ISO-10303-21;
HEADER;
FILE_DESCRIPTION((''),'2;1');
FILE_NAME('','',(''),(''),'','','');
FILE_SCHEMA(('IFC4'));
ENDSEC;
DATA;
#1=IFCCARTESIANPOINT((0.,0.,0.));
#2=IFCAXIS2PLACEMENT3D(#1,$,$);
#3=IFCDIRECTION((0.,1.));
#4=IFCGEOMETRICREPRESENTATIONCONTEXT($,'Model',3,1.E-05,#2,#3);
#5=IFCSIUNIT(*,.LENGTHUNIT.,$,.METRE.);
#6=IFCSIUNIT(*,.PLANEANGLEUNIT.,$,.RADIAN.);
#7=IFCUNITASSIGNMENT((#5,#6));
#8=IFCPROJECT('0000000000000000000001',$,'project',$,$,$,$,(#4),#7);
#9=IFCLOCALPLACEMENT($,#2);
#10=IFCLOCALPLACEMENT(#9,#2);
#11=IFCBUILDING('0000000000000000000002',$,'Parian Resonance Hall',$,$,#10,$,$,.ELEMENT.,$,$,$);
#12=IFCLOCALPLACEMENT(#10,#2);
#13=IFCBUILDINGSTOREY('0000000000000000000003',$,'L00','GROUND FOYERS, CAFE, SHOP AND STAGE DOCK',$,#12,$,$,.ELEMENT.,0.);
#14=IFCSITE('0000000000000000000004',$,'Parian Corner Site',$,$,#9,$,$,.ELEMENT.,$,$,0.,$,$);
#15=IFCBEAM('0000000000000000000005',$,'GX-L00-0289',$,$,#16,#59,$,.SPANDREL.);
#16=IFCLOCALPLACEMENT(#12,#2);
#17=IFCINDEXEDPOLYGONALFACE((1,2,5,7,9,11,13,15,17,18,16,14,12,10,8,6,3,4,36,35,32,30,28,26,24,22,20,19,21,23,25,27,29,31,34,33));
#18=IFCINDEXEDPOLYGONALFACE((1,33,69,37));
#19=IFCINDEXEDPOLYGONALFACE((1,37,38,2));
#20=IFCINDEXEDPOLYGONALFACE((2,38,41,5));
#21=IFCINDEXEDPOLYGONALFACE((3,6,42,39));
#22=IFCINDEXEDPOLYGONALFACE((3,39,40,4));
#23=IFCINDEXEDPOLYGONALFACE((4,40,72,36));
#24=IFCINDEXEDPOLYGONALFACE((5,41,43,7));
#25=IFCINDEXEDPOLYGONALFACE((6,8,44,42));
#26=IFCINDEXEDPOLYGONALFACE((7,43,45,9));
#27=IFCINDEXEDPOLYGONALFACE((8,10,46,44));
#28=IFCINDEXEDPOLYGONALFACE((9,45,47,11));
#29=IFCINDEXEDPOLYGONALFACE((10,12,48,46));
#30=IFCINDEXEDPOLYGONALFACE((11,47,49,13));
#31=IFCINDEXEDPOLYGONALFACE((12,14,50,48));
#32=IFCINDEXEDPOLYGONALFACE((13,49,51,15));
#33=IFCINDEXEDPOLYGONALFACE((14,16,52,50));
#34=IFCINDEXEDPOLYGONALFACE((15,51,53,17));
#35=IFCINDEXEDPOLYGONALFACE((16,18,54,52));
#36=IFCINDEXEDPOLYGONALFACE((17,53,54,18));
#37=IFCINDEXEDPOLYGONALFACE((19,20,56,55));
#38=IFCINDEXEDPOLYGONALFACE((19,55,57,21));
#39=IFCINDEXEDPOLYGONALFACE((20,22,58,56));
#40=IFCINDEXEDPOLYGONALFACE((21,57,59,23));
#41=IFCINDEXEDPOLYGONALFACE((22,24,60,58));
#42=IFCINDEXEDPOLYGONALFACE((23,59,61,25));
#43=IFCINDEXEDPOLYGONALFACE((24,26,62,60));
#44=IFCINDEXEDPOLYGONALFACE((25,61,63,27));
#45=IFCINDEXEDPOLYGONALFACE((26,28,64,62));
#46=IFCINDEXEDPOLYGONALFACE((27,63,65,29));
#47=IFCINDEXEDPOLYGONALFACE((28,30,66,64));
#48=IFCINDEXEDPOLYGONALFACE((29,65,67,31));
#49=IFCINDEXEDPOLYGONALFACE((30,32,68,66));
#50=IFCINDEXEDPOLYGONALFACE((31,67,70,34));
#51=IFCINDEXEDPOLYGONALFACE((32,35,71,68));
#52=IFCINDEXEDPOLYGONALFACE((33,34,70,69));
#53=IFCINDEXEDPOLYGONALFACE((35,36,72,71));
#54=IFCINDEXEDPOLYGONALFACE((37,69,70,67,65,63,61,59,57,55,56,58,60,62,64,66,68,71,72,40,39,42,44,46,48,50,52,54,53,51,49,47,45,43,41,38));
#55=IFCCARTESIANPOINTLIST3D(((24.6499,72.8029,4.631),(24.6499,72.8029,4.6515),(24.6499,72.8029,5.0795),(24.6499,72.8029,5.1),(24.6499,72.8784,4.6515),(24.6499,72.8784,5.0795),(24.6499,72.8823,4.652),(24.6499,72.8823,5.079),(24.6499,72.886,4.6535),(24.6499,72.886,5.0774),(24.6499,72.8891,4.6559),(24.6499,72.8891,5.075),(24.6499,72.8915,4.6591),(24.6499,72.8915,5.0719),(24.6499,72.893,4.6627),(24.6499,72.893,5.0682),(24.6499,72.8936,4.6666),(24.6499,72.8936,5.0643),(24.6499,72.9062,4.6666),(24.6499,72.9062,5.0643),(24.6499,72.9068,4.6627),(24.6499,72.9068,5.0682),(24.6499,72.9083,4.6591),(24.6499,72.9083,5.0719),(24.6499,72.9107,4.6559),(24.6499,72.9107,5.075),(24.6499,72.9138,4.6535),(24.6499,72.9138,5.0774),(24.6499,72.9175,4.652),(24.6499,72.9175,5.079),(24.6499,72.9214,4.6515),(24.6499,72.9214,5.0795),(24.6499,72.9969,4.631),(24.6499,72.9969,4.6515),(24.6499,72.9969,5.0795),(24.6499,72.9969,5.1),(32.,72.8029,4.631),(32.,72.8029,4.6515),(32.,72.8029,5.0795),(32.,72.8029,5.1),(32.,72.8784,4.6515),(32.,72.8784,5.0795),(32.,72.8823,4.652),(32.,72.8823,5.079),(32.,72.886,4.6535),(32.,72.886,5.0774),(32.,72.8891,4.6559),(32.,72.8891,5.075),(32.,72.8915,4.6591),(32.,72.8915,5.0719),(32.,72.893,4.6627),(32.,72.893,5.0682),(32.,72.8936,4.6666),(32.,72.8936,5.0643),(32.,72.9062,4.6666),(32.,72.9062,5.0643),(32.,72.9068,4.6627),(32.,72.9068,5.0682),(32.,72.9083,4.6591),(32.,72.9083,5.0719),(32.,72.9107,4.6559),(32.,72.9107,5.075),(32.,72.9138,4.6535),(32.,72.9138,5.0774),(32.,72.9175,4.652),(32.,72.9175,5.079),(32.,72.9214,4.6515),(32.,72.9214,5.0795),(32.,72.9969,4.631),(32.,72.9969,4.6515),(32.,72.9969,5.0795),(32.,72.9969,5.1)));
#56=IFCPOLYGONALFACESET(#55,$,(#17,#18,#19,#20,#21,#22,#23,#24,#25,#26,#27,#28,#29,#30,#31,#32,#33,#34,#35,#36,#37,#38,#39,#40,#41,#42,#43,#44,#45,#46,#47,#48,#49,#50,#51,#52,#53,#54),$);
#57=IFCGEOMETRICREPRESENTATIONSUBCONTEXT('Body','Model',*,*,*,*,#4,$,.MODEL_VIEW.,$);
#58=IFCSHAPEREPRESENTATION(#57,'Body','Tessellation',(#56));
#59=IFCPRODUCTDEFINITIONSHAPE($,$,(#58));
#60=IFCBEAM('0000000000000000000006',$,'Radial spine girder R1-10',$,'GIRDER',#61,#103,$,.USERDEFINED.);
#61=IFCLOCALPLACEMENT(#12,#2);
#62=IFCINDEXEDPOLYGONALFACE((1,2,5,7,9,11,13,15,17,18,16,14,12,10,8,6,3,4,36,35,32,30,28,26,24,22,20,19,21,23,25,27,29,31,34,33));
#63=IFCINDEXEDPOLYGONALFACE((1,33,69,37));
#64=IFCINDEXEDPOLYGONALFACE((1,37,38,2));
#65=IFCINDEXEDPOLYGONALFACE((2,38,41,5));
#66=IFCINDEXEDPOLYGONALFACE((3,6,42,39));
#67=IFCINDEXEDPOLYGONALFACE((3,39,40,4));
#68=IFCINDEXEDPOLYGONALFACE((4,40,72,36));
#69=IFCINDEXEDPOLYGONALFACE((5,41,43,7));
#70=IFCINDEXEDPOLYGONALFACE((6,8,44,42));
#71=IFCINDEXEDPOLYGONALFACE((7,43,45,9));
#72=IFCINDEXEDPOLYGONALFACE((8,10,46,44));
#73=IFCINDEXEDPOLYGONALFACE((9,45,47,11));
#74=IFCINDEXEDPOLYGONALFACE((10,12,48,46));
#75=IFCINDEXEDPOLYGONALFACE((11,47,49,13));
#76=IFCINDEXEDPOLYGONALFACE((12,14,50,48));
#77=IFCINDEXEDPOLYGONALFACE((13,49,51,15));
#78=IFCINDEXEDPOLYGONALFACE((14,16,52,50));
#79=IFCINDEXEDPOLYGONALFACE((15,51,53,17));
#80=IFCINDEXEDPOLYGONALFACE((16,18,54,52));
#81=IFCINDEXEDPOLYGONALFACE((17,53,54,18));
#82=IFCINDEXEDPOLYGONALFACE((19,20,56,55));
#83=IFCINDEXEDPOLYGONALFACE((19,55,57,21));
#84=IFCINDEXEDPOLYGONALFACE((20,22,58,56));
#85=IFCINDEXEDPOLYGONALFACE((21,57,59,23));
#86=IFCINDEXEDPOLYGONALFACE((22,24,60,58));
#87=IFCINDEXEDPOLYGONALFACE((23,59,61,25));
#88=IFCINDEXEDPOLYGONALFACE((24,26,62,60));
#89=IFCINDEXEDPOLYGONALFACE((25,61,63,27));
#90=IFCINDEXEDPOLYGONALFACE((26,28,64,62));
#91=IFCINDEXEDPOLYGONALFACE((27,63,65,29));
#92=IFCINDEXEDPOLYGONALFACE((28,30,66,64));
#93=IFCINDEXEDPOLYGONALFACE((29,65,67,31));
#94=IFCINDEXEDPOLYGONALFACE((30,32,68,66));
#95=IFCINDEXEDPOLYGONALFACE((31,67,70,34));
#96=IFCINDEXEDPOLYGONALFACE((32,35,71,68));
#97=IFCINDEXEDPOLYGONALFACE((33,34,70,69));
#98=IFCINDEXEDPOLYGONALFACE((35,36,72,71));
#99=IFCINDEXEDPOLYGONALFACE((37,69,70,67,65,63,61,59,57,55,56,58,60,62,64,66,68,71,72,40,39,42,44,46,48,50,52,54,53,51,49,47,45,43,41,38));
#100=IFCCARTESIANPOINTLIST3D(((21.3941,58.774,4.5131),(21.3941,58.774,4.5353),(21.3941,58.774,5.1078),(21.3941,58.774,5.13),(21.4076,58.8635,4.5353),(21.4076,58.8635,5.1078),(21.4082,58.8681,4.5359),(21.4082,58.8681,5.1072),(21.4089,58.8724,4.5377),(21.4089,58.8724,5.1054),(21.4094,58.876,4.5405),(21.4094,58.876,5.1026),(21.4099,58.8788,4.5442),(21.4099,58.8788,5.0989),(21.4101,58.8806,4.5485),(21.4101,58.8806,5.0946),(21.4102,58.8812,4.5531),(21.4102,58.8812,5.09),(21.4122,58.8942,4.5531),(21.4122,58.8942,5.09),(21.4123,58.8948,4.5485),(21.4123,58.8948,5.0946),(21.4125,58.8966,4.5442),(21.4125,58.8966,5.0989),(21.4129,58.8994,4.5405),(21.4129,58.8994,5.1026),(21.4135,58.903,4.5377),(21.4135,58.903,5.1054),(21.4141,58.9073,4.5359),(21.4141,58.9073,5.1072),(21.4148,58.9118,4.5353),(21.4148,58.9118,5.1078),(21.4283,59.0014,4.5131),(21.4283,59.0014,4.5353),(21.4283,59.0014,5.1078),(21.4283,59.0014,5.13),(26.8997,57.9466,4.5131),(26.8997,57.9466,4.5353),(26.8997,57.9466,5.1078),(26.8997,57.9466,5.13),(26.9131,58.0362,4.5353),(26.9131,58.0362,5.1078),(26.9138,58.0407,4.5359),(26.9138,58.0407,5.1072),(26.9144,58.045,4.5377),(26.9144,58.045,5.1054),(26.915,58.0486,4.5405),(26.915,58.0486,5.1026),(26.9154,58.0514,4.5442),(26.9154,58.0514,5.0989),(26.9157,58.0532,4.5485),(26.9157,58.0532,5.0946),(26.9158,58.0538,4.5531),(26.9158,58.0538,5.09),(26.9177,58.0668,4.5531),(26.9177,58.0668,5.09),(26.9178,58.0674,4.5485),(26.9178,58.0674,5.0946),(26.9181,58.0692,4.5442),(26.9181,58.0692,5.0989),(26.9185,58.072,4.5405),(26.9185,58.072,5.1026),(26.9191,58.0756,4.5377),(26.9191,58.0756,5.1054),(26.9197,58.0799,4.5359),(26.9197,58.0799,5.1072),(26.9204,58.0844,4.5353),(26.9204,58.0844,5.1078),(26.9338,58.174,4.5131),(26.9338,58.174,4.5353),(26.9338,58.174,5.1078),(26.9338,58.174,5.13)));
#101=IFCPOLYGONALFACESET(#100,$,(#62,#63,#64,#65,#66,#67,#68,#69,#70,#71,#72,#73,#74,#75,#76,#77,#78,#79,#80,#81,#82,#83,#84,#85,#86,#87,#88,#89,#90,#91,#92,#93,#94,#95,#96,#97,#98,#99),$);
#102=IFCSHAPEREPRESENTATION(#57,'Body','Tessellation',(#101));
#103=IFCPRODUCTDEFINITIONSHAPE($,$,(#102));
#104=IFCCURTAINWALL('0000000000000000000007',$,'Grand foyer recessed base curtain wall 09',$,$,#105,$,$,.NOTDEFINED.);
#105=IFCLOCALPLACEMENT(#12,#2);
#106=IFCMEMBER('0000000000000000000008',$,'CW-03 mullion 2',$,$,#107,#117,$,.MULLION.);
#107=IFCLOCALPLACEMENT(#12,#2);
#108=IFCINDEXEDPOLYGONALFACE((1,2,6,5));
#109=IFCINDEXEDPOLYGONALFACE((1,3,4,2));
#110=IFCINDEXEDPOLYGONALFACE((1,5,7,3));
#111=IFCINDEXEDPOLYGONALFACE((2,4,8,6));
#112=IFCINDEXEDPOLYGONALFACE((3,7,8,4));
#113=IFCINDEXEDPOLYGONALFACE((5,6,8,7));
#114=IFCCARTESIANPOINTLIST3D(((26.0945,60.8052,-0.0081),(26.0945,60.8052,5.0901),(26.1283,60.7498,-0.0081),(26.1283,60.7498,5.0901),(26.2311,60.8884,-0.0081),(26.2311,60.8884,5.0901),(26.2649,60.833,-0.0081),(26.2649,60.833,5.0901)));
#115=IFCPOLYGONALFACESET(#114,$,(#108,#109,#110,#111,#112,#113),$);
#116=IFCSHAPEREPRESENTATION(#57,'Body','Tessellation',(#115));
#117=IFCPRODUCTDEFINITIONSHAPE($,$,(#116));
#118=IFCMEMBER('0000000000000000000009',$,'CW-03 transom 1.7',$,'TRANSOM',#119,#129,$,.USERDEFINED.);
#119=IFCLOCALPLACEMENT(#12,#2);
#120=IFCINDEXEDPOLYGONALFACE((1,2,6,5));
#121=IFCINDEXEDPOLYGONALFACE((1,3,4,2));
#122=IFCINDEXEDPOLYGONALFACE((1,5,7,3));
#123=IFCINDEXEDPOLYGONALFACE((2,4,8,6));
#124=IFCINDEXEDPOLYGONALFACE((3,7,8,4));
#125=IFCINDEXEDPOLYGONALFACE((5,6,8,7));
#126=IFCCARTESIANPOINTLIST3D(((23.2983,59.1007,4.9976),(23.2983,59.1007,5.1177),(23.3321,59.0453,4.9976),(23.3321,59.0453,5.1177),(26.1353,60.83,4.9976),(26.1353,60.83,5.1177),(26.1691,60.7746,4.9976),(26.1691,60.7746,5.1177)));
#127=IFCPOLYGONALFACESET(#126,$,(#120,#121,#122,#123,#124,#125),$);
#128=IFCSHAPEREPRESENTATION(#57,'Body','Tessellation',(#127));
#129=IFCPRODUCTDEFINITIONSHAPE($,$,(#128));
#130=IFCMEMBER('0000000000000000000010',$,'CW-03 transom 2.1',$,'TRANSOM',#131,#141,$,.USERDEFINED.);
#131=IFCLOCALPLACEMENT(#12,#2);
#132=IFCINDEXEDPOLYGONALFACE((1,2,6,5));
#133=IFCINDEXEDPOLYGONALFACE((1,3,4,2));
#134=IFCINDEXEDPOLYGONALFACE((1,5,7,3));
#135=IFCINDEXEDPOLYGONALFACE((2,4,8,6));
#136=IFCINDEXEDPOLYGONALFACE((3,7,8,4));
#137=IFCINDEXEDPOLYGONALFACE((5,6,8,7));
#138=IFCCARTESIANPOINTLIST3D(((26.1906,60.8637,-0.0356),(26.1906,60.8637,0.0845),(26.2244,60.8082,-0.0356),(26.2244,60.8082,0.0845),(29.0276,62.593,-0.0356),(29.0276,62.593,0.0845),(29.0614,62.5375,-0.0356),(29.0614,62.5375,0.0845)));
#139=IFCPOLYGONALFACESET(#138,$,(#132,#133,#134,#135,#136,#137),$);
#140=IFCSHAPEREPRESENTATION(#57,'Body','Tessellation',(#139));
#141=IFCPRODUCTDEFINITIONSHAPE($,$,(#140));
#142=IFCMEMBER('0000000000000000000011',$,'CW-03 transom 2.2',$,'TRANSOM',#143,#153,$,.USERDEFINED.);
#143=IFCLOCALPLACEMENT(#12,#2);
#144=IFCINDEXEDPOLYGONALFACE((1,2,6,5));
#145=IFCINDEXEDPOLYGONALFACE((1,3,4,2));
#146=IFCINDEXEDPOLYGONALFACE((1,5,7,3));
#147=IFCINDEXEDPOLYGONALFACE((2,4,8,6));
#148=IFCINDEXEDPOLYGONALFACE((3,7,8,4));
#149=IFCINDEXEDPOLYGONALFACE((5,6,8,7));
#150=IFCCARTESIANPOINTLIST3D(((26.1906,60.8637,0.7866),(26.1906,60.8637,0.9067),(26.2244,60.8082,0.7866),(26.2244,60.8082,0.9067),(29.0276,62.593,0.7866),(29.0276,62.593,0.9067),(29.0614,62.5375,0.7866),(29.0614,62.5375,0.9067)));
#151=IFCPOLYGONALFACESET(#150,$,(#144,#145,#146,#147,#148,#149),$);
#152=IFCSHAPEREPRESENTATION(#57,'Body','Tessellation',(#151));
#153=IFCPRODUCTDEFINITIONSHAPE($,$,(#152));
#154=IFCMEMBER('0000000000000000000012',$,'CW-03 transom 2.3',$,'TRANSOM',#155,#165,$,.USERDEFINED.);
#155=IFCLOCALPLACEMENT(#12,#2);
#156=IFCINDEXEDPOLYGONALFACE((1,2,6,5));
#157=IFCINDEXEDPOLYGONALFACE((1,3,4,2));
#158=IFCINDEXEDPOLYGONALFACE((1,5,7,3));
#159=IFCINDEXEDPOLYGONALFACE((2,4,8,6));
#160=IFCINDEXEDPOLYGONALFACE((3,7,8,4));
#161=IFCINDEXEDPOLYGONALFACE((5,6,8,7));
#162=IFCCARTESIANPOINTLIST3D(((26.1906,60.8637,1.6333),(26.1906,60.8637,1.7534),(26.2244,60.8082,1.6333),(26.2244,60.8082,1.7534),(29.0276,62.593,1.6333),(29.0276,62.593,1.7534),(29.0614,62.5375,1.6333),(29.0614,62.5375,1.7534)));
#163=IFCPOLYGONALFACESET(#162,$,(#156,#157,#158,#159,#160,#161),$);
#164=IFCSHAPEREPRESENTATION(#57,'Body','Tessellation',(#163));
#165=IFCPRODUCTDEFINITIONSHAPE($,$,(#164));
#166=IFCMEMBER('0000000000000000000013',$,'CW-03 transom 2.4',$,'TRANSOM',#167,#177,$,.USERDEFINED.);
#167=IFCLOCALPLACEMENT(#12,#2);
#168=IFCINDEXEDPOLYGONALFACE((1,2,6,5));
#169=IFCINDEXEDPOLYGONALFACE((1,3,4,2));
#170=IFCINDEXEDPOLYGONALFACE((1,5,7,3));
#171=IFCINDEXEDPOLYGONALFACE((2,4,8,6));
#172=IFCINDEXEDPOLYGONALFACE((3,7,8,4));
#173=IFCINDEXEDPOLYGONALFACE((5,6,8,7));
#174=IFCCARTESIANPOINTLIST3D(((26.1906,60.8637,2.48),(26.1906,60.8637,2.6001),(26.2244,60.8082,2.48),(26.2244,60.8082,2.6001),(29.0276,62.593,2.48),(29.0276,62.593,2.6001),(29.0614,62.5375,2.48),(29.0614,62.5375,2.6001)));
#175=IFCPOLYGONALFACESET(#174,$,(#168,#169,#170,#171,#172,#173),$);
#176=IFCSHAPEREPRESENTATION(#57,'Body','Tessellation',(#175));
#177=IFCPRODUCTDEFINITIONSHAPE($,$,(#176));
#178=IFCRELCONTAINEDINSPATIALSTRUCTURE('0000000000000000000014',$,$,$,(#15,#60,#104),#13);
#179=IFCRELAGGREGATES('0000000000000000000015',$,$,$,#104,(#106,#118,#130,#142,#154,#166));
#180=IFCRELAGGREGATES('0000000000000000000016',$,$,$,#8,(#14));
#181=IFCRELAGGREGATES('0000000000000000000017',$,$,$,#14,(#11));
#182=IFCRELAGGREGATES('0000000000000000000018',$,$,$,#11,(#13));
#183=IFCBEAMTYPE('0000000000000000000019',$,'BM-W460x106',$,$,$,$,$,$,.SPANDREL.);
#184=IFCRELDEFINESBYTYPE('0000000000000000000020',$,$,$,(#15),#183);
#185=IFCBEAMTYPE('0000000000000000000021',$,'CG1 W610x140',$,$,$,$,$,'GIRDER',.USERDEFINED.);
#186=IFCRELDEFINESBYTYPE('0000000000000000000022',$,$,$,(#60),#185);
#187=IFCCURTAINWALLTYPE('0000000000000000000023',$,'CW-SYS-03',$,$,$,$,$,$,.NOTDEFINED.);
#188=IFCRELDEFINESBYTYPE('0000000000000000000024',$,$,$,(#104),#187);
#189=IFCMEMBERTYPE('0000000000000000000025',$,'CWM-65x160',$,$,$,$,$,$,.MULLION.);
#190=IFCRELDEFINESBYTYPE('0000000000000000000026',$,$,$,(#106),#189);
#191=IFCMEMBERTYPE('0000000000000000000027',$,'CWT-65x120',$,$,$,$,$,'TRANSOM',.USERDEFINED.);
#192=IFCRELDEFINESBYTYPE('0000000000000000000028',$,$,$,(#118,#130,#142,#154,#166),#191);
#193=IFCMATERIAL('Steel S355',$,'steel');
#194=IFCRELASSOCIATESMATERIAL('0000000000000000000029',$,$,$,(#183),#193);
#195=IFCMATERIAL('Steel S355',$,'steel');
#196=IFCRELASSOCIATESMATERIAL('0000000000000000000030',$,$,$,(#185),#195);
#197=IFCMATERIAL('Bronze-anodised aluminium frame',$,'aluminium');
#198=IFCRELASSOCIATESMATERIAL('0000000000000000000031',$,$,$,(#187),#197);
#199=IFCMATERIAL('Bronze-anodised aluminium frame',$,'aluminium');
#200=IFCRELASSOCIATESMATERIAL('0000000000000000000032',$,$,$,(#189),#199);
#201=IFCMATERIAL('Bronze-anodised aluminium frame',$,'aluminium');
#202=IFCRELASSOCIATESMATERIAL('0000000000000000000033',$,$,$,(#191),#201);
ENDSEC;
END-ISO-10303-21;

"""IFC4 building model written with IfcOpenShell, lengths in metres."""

from ifc_helpers import new_model, si_unit, direction, frame, origin, origin_2d, place, context, subcontext, project, spatial, rectangle, i_section, extrude, material, material_profile, profile_set, type_object, element, aggregate, save


model = new_model("IFC4")

# Units and contexts
model_context = context("Model", 3, precision=1e-05, world=origin(), true_north=direction((0.0, 1.0)))
body_context = subcontext(model_context, "Body", "Model", "MODEL_VIEW")
ifc_project = project(units=[si_unit("LENGTHUNIT", "METRE"), si_unit("PLANEANGLEUNIT", "RADIAN")], contexts=[model_context])

# Site, building, storey
site_placement = place(None, origin())
site = spatial("IfcSite", under=ifc_project, at=site_placement, Name="Parian Corner Site", CompositionType="ELEMENT", RefElevation=0.0)
building_placement = place(site_placement, origin())
building = spatial("IfcBuilding", under=site, at=building_placement, Name="Parian Resonance Hall", CompositionType="ELEMENT")
storey_placement = place(building_placement, origin())
storey = spatial("IfcBuildingStorey", under=building, at=storey_placement, Name="L00", Description="GROUND FOYERS, CAFE, SHOP AND STAGE DOCK", CompositionType="ELEMENT", Elevation=0.0)

# Beams
ifc_material_1 = material(Name="Steel S355", Category="steel")
ifc_material_profile_1 = material_profile(ifc_material_1, i_section(OverallWidth=0.1941, OverallDepth=0.469, WebThickness=0.0127, FlangeThickness=0.0205, FilletRadius=0.0151, at=origin_2d()), Name="W460x106")
ifc_profile_set_1 = profile_set([ifc_material_profile_1], Name="Steel S355")
beam_type_1 = type_object("IfcBeamType", Name="BM-W460x106", PredefinedType="SPANDREL", material=ifc_profile_set_1)
beam_1_placement = place(storey_placement, frame((24.6499, 72.8999, 4.8655), z_axis=(1.0, 0.0, 0.0), x_axis=(0.0, 1.0, 0.0)))
element("IfcBeam", 1, at=beam_1_placement, inside=storey, type_object=beam_type_1, Name="GX-L00-0289", PredefinedType="SPANDREL", context=body_context, shape_type="SweptSolid", body=[
    extrude(i_section(OverallWidth=0.1941, OverallDepth=0.469, WebThickness=0.0127, FlangeThickness=0.0205, FilletRadius=0.0151, at=origin_2d()), origin(), (0.0, 0.0, 1.0), 7.3501),
])
ifc_material_2 = material(Name="Steel S355", Category="steel")
ifc_material_profile_2 = material_profile(ifc_material_2, i_section(OverallWidth=0.23, OverallDepth=0.6169, WebThickness=0.0132, FlangeThickness=0.0222, FilletRadius=0.0178, at=origin_2d()), Name="W610x140")
ifc_profile_set_2 = profile_set([ifc_material_profile_2], Name="Steel S355")
beam_type_2 = type_object("IfcBeamType", Name="CG1 W610x140", ElementType="GIRDER", PredefinedType="USERDEFINED", material=ifc_profile_set_2)
beam_2_placement = place(storey_placement, frame((26.9167, 58.0603, 4.8215), z_axis=(-0.988895, 0.148613, 0.0), x_axis=(-0.148613, -0.988895, 0.0)))
element("IfcBeam", 2, at=beam_2_placement, inside=storey, type_object=beam_type_2, Name="Radial spine girder R1-10", ObjectType="GIRDER", PredefinedType="USERDEFINED", context=body_context, shape_type="SweptSolid", body=[
    extrude(i_section(OverallWidth=0.23, OverallDepth=0.6169, WebThickness=0.0132, FlangeThickness=0.0222, FilletRadius=0.0178, at=origin_2d()), origin(), (0.0, 0.0, 1.0), 5.5674),
])

# Curtain wall, members
ifc_material_3 = material(Name="Bronze-anodised aluminium frame", Category="aluminium")
curtain_wall_type = type_object("IfcCurtainWallType", Name="CW-SYS-03", PredefinedType="NOTDEFINED", material=ifc_material_3)
curtain_wall_placement = place(storey_placement, origin())
curtain_wall = element("IfcCurtainWall", 3, at=curtain_wall_placement, inside=storey, type_object=curtain_wall_type, Name="Grand foyer recessed base curtain wall 09", PredefinedType="NOTDEFINED")
ifc_material_4 = material(Name="Bronze-anodised aluminium frame", Category="aluminium")
ifc_material_profile_3 = material_profile(ifc_material_4, rectangle(XDim=0.0649, YDim=0.1599, at=origin_2d()), Name="CWM-65x160")
ifc_profile_set_3 = profile_set([ifc_material_profile_3], Name="Bronze-anodised aluminium frame")
member_type_1 = type_object("IfcMemberType", Name="CWM-65x160", PredefinedType="MULLION", material=ifc_profile_set_3)
member_1_placement = place(storey_placement, frame((26.1797, 60.8191, -0.0081), z_axis=(0.0, 0.0, 1.0), x_axis=(-0.520456, 0.853888, 0.0)))
member_1 = element("IfcMember", 4, at=member_1_placement, type_object=member_type_1, Name="CW-03 mullion 2", PredefinedType="MULLION", context=body_context, shape_type="SweptSolid", body=[
    extrude(rectangle(XDim=0.0649, YDim=0.1599, at=origin_2d()), origin(), (0.0, 0.0, 1.0), 5.0981),
])
ifc_material_5 = material(Name="Bronze-anodised aluminium frame", Category="aluminium")
ifc_material_profile_4 = material_profile(ifc_material_5, rectangle(XDim=0.0649, YDim=0.1201, at=origin_2d()), Name="CWT-65x120")
ifc_profile_set_4 = profile_set([ifc_material_profile_4], Name="Bronze-anodised aluminium frame")
member_type_2 = type_object("IfcMemberType", Name="CWT-65x120", ElementType="TRANSOM", PredefinedType="USERDEFINED", material=ifc_profile_set_4)
member_2_placement = place(storey_placement, frame((23.3152, 59.073, 5.0576), z_axis=(0.853873, 0.520481, 0.0), x_axis=(-0.520481, 0.853873, 0.0)))
member_2 = element("IfcMember", 5, at=member_2_placement, type_object=member_type_2, Name="CW-03 transom 1.7", ObjectType="TRANSOM", PredefinedType="USERDEFINED", context=body_context, shape_type="SweptSolid", body=[
    extrude(rectangle(XDim=0.0649, YDim=0.1201, at=origin_2d()), origin(), (0.0, 0.0, 1.0), 3.3225),
])
member_3_placement = place(storey_placement, frame((26.2075, 60.8359, 0.0244), z_axis=(0.853873, 0.520481, 0.0), x_axis=(-0.520481, 0.853873, 0.0)))
member_3 = element("IfcMember", 6, at=member_3_placement, type_object=member_type_2, Name="CW-03 transom 2.1", ObjectType="TRANSOM", PredefinedType="USERDEFINED", context=body_context, shape_type="SweptSolid", body=[
    extrude(rectangle(XDim=0.0649, YDim=0.1201, at=origin_2d()), origin(), (0.0, 0.0, 1.0), 3.3225),
])
member_4_placement = place(storey_placement, frame((26.2075, 60.8359, 0.8467), z_axis=(0.853873, 0.520481, 0.0), x_axis=(-0.520481, 0.853873, 0.0)))
member_4 = element("IfcMember", 7, at=member_4_placement, type_object=member_type_2, Name="CW-03 transom 2.2", ObjectType="TRANSOM", PredefinedType="USERDEFINED", context=body_context, shape_type="SweptSolid", body=[
    extrude(rectangle(XDim=0.0649, YDim=0.1201, at=origin_2d()), origin(), (0.0, 0.0, 1.0), 3.3225),
])
member_5_placement = place(storey_placement, frame((26.2075, 60.8359, 1.6934), z_axis=(0.853873, 0.520481, 0.0), x_axis=(-0.520481, 0.853873, 0.0)))
member_5 = element("IfcMember", 8, at=member_5_placement, type_object=member_type_2, Name="CW-03 transom 2.3", ObjectType="TRANSOM", PredefinedType="USERDEFINED", context=body_context, shape_type="SweptSolid", body=[
    extrude(rectangle(XDim=0.0649, YDim=0.1201, at=origin_2d()), origin(), (0.0, 0.0, 1.0), 3.3225),
])
member_6_placement = place(storey_placement, frame((26.2075, 60.8359, 2.54), z_axis=(0.853873, 0.520481, 0.0), x_axis=(-0.520481, 0.853873, 0.0)))
member_6 = element("IfcMember", 9, at=member_6_placement, type_object=member_type_2, Name="CW-03 transom 2.4", ObjectType="TRANSOM", PredefinedType="USERDEFINED", context=body_context, shape_type="SweptSolid", body=[
    extrude(rectangle(XDim=0.0649, YDim=0.1201, at=origin_2d()), origin(), (0.0, 0.0, 1.0), 3.3225),
])
aggregate(curtain_wall, [member_1, member_2, member_3, member_4, member_5, member_6])

save(model, "model.ifc")
